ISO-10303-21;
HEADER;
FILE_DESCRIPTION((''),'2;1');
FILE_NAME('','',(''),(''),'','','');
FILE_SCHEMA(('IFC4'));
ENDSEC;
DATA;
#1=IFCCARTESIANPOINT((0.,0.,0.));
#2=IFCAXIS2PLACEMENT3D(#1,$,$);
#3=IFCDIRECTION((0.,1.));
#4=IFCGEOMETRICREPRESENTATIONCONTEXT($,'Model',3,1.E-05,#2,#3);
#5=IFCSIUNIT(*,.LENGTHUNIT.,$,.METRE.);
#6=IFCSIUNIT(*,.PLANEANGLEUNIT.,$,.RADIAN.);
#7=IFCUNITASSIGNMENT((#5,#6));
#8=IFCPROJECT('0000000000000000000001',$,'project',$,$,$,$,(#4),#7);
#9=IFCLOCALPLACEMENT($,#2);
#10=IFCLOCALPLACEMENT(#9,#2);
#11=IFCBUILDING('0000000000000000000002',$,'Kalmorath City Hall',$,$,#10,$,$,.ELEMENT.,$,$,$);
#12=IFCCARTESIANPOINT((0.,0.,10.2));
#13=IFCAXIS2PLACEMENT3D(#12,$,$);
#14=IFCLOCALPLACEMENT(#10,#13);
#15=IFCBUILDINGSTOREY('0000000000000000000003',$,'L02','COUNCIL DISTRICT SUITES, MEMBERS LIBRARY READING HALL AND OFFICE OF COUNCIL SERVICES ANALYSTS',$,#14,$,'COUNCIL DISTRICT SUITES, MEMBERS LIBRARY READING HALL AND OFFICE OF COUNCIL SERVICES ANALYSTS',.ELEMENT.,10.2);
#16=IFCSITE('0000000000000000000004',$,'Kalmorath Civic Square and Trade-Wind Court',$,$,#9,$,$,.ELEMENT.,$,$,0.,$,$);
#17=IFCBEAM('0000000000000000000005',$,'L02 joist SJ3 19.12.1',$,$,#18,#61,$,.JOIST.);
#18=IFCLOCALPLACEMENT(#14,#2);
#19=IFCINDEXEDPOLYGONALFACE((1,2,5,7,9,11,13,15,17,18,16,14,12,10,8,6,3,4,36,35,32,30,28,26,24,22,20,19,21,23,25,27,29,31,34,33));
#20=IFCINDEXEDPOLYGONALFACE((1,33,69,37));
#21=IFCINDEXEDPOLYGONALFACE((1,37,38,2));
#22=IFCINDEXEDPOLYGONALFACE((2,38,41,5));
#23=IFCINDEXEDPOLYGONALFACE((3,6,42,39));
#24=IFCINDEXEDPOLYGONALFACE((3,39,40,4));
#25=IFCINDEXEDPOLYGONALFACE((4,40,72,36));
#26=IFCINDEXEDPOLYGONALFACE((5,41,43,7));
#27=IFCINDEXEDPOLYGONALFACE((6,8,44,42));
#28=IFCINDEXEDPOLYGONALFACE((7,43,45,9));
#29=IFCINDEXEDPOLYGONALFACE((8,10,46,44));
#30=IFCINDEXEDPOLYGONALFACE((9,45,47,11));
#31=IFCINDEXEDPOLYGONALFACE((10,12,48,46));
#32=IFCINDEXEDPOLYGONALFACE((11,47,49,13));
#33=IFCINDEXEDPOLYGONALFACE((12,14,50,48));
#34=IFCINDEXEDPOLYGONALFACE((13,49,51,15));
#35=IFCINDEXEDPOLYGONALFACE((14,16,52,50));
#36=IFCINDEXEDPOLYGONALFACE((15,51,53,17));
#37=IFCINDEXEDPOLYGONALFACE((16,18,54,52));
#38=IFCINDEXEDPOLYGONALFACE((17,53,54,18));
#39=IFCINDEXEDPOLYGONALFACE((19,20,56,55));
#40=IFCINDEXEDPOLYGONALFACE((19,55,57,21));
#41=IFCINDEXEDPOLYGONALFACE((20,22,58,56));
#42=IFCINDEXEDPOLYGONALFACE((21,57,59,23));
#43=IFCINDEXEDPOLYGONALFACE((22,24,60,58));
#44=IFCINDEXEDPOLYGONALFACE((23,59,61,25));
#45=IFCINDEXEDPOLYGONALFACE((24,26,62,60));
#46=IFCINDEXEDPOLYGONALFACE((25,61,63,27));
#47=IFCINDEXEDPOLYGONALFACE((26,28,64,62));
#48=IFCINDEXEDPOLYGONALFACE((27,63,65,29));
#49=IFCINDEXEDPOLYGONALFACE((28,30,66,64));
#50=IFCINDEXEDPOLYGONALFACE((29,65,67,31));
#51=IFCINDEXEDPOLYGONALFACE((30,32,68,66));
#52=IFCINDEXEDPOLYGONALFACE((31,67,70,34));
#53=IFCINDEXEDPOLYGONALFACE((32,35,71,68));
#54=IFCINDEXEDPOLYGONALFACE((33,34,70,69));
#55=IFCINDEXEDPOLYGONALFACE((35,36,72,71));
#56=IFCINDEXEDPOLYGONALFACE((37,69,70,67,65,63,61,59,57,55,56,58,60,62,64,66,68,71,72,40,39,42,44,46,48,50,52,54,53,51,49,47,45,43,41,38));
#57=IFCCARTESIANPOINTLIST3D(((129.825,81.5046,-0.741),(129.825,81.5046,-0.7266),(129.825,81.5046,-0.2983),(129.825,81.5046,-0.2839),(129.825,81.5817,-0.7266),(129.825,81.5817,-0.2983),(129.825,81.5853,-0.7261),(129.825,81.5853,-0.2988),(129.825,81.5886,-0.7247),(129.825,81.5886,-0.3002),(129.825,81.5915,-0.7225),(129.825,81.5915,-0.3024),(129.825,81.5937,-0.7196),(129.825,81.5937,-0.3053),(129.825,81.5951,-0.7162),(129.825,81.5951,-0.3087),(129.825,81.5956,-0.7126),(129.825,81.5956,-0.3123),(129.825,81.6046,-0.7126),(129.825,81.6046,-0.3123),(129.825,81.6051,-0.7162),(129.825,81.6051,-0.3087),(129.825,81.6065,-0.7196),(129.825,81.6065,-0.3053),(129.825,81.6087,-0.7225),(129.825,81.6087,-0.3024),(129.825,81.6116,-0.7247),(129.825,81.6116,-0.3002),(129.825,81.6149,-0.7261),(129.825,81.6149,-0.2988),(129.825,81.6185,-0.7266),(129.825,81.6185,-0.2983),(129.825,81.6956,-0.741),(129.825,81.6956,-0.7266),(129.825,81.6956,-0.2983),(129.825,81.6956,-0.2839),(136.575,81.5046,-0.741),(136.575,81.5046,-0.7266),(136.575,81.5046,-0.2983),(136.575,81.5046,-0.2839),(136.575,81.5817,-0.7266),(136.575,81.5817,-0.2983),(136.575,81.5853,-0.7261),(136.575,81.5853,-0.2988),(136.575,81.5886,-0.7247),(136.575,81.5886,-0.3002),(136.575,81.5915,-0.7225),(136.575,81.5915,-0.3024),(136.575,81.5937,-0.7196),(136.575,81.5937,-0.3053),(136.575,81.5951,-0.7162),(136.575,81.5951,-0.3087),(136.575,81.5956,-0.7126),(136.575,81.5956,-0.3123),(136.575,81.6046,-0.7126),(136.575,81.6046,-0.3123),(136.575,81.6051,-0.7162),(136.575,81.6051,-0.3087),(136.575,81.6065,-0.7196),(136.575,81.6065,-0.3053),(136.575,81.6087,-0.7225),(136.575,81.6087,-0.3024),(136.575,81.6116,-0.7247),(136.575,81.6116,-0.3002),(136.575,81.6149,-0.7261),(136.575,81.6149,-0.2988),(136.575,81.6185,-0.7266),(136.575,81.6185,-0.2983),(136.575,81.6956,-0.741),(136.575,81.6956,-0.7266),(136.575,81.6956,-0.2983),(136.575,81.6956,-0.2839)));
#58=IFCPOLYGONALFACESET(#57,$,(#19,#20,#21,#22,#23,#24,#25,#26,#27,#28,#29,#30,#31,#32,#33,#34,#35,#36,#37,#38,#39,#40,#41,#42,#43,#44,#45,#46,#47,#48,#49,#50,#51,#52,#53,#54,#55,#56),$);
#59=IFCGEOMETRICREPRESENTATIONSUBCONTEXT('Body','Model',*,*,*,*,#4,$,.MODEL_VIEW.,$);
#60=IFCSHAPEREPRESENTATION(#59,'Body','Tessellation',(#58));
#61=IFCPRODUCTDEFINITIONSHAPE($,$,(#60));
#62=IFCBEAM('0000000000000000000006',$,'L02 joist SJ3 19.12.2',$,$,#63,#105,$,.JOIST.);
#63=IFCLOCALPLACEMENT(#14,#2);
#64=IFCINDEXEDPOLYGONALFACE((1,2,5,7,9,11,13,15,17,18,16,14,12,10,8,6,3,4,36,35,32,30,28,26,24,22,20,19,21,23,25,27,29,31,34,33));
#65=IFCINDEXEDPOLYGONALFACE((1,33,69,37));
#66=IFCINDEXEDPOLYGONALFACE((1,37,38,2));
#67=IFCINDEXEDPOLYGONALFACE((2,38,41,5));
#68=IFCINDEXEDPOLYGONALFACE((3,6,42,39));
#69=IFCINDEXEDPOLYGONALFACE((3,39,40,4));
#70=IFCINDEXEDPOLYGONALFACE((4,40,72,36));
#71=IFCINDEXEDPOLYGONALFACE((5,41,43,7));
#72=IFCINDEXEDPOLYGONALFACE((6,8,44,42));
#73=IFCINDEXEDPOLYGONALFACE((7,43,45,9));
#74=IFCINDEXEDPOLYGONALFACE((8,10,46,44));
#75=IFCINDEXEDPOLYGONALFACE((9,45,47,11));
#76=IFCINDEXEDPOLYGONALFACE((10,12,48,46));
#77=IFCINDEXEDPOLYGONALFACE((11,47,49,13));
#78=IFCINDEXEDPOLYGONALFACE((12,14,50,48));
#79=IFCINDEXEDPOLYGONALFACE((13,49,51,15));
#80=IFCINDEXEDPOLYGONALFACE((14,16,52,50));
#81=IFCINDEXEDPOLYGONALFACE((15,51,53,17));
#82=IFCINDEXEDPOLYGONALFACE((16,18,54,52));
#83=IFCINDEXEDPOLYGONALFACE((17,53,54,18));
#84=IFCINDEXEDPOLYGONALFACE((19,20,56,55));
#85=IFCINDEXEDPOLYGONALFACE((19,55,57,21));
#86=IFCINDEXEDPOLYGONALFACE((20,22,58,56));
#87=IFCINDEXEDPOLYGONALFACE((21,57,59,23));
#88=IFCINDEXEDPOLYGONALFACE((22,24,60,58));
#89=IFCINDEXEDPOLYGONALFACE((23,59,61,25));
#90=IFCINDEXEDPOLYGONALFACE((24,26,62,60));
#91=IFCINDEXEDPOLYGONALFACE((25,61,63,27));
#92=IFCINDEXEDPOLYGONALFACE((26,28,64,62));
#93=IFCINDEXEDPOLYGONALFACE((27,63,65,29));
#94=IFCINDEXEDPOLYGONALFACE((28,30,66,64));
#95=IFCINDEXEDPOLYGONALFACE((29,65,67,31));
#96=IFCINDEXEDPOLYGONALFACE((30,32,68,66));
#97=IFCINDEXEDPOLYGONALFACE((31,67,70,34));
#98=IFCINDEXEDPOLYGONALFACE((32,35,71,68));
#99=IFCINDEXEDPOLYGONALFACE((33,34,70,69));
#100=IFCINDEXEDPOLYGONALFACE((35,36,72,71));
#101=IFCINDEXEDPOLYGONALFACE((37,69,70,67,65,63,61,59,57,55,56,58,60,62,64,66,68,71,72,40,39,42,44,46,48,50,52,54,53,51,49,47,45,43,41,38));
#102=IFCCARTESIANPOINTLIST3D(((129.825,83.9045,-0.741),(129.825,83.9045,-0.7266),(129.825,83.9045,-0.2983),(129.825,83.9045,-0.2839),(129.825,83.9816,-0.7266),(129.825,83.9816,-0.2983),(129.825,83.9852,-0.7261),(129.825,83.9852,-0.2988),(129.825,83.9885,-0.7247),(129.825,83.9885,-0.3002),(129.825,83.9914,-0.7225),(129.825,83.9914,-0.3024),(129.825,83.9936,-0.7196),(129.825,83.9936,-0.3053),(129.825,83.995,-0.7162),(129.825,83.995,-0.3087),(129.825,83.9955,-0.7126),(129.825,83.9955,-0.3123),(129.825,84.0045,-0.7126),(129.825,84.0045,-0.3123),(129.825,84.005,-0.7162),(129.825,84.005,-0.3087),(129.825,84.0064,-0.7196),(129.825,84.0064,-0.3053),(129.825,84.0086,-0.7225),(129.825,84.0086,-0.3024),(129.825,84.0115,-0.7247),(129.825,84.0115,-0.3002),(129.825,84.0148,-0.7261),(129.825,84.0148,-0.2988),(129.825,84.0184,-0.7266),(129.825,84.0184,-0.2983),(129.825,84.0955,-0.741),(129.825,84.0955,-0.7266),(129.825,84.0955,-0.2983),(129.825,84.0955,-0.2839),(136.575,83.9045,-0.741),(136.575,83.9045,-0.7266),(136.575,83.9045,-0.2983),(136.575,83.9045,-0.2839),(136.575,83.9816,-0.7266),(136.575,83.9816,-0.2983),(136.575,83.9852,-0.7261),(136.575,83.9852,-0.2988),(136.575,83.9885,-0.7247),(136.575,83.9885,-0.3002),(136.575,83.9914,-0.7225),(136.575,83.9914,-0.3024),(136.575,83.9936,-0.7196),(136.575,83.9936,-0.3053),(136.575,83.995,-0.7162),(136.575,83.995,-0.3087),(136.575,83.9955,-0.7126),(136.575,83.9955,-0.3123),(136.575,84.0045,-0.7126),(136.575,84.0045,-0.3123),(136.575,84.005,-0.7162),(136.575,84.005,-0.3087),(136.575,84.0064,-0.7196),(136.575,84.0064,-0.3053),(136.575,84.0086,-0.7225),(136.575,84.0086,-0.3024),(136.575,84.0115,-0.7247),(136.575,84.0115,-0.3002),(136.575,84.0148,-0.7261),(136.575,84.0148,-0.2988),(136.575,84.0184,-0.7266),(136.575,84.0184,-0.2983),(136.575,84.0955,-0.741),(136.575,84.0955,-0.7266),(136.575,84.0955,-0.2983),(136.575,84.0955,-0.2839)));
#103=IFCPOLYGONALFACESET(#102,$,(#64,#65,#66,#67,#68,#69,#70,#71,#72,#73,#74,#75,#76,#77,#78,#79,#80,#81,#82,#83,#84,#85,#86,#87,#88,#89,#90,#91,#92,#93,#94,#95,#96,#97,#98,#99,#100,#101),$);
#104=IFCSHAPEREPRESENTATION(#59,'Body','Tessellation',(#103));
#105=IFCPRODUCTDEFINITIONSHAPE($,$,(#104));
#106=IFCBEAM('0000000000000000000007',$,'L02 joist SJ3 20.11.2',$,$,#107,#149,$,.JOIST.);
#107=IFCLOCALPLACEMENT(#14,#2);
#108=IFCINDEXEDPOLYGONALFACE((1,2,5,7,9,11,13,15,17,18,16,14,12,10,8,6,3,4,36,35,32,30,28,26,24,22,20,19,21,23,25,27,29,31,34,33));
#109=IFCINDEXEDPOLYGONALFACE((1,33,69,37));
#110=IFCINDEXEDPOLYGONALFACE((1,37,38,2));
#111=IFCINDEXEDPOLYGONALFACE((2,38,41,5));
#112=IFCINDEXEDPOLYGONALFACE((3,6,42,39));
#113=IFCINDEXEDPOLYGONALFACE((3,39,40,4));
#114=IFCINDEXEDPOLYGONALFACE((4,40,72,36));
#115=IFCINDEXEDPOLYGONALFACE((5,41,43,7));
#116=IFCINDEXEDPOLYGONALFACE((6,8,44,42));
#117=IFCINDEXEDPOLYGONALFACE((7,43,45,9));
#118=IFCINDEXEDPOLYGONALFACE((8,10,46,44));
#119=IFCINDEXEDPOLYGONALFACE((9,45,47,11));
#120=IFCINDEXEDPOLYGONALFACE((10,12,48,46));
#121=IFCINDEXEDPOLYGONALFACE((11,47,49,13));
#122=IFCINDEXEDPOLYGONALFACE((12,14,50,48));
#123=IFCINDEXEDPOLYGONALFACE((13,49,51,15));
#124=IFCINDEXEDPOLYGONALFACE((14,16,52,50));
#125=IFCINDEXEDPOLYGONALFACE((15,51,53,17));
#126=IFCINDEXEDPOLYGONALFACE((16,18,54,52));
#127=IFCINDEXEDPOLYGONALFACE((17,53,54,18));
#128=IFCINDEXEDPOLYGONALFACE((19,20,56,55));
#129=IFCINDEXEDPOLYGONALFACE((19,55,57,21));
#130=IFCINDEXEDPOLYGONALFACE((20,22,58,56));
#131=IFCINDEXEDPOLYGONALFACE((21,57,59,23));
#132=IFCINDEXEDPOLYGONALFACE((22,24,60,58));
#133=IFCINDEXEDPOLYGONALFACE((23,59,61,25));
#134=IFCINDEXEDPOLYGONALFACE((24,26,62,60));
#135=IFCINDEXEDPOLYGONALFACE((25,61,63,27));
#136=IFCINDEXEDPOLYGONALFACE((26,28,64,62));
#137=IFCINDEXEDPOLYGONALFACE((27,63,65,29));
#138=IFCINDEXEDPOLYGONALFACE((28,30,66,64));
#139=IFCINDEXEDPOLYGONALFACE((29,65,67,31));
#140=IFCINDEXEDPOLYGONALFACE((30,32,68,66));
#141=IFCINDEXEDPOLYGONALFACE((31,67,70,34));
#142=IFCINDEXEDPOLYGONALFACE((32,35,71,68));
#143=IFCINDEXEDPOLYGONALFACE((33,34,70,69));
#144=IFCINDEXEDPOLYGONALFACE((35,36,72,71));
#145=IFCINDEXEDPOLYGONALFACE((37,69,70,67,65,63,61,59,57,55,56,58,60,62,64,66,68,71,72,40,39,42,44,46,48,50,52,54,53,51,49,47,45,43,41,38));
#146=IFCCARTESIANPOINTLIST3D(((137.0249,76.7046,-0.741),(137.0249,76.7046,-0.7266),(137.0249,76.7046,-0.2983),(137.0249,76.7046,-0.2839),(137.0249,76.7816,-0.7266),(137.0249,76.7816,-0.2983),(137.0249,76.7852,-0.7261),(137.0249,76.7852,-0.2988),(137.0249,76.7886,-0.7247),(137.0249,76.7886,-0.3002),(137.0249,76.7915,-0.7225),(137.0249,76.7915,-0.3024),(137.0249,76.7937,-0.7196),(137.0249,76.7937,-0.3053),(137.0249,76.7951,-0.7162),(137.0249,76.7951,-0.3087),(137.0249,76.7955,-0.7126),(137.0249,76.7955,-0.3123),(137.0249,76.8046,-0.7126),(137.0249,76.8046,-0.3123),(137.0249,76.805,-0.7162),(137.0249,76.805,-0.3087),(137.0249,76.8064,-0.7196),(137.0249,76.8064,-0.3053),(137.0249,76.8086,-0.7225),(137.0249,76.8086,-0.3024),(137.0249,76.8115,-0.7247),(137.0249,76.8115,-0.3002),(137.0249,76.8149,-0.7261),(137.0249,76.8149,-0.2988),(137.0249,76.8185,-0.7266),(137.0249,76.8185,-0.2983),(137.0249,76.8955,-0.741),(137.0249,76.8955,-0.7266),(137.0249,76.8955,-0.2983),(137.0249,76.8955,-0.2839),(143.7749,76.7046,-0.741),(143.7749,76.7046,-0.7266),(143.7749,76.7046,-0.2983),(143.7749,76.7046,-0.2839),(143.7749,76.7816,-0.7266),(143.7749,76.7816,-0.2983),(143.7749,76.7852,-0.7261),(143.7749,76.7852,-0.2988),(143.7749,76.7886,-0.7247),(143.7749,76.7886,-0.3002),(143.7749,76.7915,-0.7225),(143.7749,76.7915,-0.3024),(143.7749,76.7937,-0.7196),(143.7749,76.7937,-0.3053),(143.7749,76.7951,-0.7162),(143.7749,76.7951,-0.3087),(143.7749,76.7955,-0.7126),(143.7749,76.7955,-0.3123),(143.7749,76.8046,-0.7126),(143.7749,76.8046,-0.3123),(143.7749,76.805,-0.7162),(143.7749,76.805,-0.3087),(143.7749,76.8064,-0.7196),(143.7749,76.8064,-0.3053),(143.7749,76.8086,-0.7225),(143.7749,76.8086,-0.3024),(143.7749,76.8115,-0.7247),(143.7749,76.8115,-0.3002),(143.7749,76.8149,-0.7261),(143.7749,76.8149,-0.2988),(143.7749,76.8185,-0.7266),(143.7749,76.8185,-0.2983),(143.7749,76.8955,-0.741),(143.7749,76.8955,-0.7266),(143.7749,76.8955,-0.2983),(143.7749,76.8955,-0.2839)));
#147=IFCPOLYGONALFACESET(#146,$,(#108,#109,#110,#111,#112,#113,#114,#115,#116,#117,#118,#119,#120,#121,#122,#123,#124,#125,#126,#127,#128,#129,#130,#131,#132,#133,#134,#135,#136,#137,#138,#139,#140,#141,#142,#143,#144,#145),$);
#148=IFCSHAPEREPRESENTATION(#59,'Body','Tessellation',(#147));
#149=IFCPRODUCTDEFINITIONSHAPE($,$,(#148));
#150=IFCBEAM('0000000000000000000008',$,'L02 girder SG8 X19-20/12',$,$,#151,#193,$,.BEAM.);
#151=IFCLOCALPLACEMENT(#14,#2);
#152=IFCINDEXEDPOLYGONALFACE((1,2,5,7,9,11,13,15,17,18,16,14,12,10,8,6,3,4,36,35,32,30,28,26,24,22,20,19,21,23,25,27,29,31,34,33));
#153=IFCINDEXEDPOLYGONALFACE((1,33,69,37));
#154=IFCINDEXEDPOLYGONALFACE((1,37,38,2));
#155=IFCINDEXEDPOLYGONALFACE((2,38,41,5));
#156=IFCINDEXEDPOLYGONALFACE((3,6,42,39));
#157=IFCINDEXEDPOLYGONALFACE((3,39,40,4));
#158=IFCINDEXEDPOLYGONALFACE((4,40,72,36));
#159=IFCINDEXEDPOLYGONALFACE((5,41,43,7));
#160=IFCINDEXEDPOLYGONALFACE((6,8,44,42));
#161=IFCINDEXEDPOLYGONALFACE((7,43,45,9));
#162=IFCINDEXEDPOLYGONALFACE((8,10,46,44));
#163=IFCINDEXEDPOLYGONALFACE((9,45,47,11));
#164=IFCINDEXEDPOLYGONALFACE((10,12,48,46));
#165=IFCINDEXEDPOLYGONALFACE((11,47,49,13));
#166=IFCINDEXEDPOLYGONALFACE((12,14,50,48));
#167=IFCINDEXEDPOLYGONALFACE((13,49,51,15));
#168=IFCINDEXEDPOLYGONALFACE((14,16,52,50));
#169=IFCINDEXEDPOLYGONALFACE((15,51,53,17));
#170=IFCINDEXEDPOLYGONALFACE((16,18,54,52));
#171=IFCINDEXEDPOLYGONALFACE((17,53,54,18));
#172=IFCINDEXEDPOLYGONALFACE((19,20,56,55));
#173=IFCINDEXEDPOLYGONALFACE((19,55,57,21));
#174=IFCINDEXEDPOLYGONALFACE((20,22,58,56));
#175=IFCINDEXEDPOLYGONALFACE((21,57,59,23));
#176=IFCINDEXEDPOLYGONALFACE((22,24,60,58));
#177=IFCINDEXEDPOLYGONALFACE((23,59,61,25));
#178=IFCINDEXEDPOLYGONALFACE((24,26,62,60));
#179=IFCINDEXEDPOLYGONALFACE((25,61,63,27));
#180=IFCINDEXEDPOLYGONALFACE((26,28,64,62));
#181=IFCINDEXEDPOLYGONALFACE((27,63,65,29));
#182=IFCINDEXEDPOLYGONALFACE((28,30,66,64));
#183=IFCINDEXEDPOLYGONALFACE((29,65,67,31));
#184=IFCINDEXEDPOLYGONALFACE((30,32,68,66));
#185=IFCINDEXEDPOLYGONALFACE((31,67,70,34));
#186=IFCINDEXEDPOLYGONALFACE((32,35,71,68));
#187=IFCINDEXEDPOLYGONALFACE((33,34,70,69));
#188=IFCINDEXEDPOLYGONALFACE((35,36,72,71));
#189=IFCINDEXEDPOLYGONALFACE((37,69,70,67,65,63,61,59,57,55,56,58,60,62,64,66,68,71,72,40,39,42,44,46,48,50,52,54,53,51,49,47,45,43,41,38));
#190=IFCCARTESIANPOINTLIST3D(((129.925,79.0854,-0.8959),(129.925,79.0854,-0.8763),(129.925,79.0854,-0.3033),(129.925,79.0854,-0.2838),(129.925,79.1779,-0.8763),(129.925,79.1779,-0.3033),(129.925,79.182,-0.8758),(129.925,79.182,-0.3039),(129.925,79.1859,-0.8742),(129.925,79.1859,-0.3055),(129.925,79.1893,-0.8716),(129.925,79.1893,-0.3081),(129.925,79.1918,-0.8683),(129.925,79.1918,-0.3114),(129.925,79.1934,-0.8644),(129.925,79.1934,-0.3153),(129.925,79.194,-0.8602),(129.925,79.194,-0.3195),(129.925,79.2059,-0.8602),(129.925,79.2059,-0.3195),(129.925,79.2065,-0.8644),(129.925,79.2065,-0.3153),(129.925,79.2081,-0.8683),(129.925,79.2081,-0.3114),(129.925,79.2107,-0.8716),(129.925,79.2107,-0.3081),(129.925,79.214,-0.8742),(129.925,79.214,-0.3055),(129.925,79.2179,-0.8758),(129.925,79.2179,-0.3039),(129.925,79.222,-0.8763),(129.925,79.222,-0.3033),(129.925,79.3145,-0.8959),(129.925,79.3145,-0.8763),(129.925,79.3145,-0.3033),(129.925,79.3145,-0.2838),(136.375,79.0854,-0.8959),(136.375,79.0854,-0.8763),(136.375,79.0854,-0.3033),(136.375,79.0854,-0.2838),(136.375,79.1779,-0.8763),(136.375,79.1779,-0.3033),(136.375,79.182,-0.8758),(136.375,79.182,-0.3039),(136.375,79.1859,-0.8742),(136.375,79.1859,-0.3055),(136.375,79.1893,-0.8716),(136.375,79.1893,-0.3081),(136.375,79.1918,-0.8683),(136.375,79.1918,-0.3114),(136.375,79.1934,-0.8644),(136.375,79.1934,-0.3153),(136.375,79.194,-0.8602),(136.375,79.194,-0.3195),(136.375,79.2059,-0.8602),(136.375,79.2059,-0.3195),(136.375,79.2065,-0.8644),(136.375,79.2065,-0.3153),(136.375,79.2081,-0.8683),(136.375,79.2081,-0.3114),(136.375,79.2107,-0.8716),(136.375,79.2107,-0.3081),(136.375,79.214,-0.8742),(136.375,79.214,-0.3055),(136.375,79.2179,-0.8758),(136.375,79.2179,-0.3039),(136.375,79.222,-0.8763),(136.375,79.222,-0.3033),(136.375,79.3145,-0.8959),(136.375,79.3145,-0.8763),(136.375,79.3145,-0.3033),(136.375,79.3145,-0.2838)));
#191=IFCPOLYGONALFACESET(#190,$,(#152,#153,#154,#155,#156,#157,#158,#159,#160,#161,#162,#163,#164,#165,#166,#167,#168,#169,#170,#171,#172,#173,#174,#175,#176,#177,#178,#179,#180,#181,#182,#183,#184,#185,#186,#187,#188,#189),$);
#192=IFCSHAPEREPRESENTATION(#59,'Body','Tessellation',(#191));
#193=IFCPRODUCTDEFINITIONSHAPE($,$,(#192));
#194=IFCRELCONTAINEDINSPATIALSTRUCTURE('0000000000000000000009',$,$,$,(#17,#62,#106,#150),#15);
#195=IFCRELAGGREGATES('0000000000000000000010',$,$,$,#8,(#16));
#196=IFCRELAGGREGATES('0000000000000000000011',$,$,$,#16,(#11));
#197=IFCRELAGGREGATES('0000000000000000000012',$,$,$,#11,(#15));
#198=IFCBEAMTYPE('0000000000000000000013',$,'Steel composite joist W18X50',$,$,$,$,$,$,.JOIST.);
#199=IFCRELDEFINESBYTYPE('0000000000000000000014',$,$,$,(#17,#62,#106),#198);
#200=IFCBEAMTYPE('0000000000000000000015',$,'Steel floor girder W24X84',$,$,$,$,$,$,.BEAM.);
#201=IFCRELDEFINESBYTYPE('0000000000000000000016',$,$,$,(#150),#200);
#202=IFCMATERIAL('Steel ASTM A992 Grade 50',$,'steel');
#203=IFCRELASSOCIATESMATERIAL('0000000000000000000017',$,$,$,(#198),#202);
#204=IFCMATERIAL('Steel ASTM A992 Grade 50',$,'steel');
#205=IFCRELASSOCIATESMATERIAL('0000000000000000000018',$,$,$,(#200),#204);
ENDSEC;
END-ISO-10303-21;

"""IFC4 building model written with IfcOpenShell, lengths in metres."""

from ifc_helpers import new_model, si_unit, direction, frame, origin, origin_2d, place, context, subcontext, project, spatial, i_section, extrude, material, material_profile, profile_set, type_object, element, save


model = new_model("IFC4")

# Units and contexts
model_context = context("Model", 3, precision=1e-05, world=origin(), true_north=direction((0.0, 1.0)))
body_context = subcontext(model_context, "Body", "Model", "MODEL_VIEW")
ifc_project = project(units=[si_unit("LENGTHUNIT", "METRE"), si_unit("PLANEANGLEUNIT", "RADIAN")], contexts=[model_context])

# Site, building, storey
site_placement = place(None, origin())
site = spatial("IfcSite", under=ifc_project, at=site_placement, Name="Kalmorath Civic Square and Trade-Wind Court", CompositionType="ELEMENT", RefElevation=0.0)
building_placement = place(site_placement, origin())
building = spatial("IfcBuilding", under=site, at=building_placement, Name="Kalmorath City Hall", CompositionType="ELEMENT")
storey_placement = place(building_placement, frame((0.0, 0.0, 10.2)))
storey = spatial("IfcBuildingStorey", under=building, at=storey_placement, Name="L02", Description="COUNCIL DISTRICT SUITES, MEMBERS LIBRARY READING HALL AND OFFICE OF COUNCIL SERVICES ANALYSTS", LongName="COUNCIL DISTRICT SUITES, MEMBERS LIBRARY READING HALL AND OFFICE OF COUNCIL SERVICES ANALYSTS", CompositionType="ELEMENT", Elevation=10.2)

# Beams
ifc_material_1 = material(Name="Steel ASTM A992 Grade 50", Category="steel")
ifc_material_profile_1 = material_profile(ifc_material_1, i_section(OverallWidth=0.1909, OverallDepth=0.457, WebThickness=0.009, FlangeThickness=0.0144, FilletRadius=0.0139, at=origin_2d()), Name="W18X50")
ifc_profile_set_1 = profile_set([ifc_material_profile_1], Name="Steel ASTM A992 Grade 50")
beam_type_1 = type_object("IfcBeamType", Name="Steel composite joist W18X50", PredefinedType="JOIST", material=ifc_profile_set_1)
for number, where, z_axis, x_axis, name in (
    (1, (129.825, 81.6001, -0.5125), (1.0, 0.0, 0.0), (0.0, 1.0, 0.0), "L02 joist SJ3 19.12.1"),
    (2, (129.825, 84.0, -0.5125), (1.0, 0.0, 0.0), (0.0, 1.0, 0.0), "L02 joist SJ3 19.12.2"),
    (3, (137.0249, 76.8, -0.5125), (1.0, 0.0, 0.0), (0.0, 1.0, 0.0), "L02 joist SJ3 20.11.2"),
):
    element("IfcBeam", number, at=place(storey_placement, frame(where, z_axis=z_axis, x_axis=x_axis)), inside=storey, type_object=beam_type_1, Name=name, PredefinedType="JOIST", context=body_context, shape_type="SweptSolid", body=[
        extrude(i_section(OverallWidth=0.1909, OverallDepth=0.457, WebThickness=0.009, FlangeThickness=0.0144, FilletRadius=0.0139, at=origin_2d()), origin(), (0.0, 0.0, 1.0), 6.75),
    ])
ifc_material_2 = material(Name="Steel ASTM A992 Grade 50", Category="steel")
ifc_material_profile_2 = material_profile(ifc_material_2, i_section(OverallWidth=0.229, OverallDepth=0.6121, WebThickness=0.012, FlangeThickness=0.0195, FilletRadius=0.0161, at=origin_2d()), Name="W24X84")
ifc_profile_set_2 = profile_set([ifc_material_profile_2], Name="Steel ASTM A992 Grade 50")
beam_type_2 = type_object("IfcBeamType", Name="Steel floor girder W24X84", PredefinedType="BEAM", material=ifc_profile_set_2)
beam_1_placement = place(storey_placement, frame((129.925, 79.2, -0.5898), z_axis=(1.0, 0.0, 0.0), x_axis=(0.0, 1.0, 0.0)))
element("IfcBeam", 4, at=beam_1_placement, inside=storey, type_object=beam_type_2, Name="L02 girder SG8 X19-20/12", PredefinedType="BEAM", context=body_context, shape_type="SweptSolid", body=[
    extrude(i_section(OverallWidth=0.229, OverallDepth=0.6121, WebThickness=0.012, FlangeThickness=0.0195, FilletRadius=0.0161, at=origin_2d()), origin(), (0.0, 0.0, 1.0), 6.45),
])

save(model, "model.ifc")
